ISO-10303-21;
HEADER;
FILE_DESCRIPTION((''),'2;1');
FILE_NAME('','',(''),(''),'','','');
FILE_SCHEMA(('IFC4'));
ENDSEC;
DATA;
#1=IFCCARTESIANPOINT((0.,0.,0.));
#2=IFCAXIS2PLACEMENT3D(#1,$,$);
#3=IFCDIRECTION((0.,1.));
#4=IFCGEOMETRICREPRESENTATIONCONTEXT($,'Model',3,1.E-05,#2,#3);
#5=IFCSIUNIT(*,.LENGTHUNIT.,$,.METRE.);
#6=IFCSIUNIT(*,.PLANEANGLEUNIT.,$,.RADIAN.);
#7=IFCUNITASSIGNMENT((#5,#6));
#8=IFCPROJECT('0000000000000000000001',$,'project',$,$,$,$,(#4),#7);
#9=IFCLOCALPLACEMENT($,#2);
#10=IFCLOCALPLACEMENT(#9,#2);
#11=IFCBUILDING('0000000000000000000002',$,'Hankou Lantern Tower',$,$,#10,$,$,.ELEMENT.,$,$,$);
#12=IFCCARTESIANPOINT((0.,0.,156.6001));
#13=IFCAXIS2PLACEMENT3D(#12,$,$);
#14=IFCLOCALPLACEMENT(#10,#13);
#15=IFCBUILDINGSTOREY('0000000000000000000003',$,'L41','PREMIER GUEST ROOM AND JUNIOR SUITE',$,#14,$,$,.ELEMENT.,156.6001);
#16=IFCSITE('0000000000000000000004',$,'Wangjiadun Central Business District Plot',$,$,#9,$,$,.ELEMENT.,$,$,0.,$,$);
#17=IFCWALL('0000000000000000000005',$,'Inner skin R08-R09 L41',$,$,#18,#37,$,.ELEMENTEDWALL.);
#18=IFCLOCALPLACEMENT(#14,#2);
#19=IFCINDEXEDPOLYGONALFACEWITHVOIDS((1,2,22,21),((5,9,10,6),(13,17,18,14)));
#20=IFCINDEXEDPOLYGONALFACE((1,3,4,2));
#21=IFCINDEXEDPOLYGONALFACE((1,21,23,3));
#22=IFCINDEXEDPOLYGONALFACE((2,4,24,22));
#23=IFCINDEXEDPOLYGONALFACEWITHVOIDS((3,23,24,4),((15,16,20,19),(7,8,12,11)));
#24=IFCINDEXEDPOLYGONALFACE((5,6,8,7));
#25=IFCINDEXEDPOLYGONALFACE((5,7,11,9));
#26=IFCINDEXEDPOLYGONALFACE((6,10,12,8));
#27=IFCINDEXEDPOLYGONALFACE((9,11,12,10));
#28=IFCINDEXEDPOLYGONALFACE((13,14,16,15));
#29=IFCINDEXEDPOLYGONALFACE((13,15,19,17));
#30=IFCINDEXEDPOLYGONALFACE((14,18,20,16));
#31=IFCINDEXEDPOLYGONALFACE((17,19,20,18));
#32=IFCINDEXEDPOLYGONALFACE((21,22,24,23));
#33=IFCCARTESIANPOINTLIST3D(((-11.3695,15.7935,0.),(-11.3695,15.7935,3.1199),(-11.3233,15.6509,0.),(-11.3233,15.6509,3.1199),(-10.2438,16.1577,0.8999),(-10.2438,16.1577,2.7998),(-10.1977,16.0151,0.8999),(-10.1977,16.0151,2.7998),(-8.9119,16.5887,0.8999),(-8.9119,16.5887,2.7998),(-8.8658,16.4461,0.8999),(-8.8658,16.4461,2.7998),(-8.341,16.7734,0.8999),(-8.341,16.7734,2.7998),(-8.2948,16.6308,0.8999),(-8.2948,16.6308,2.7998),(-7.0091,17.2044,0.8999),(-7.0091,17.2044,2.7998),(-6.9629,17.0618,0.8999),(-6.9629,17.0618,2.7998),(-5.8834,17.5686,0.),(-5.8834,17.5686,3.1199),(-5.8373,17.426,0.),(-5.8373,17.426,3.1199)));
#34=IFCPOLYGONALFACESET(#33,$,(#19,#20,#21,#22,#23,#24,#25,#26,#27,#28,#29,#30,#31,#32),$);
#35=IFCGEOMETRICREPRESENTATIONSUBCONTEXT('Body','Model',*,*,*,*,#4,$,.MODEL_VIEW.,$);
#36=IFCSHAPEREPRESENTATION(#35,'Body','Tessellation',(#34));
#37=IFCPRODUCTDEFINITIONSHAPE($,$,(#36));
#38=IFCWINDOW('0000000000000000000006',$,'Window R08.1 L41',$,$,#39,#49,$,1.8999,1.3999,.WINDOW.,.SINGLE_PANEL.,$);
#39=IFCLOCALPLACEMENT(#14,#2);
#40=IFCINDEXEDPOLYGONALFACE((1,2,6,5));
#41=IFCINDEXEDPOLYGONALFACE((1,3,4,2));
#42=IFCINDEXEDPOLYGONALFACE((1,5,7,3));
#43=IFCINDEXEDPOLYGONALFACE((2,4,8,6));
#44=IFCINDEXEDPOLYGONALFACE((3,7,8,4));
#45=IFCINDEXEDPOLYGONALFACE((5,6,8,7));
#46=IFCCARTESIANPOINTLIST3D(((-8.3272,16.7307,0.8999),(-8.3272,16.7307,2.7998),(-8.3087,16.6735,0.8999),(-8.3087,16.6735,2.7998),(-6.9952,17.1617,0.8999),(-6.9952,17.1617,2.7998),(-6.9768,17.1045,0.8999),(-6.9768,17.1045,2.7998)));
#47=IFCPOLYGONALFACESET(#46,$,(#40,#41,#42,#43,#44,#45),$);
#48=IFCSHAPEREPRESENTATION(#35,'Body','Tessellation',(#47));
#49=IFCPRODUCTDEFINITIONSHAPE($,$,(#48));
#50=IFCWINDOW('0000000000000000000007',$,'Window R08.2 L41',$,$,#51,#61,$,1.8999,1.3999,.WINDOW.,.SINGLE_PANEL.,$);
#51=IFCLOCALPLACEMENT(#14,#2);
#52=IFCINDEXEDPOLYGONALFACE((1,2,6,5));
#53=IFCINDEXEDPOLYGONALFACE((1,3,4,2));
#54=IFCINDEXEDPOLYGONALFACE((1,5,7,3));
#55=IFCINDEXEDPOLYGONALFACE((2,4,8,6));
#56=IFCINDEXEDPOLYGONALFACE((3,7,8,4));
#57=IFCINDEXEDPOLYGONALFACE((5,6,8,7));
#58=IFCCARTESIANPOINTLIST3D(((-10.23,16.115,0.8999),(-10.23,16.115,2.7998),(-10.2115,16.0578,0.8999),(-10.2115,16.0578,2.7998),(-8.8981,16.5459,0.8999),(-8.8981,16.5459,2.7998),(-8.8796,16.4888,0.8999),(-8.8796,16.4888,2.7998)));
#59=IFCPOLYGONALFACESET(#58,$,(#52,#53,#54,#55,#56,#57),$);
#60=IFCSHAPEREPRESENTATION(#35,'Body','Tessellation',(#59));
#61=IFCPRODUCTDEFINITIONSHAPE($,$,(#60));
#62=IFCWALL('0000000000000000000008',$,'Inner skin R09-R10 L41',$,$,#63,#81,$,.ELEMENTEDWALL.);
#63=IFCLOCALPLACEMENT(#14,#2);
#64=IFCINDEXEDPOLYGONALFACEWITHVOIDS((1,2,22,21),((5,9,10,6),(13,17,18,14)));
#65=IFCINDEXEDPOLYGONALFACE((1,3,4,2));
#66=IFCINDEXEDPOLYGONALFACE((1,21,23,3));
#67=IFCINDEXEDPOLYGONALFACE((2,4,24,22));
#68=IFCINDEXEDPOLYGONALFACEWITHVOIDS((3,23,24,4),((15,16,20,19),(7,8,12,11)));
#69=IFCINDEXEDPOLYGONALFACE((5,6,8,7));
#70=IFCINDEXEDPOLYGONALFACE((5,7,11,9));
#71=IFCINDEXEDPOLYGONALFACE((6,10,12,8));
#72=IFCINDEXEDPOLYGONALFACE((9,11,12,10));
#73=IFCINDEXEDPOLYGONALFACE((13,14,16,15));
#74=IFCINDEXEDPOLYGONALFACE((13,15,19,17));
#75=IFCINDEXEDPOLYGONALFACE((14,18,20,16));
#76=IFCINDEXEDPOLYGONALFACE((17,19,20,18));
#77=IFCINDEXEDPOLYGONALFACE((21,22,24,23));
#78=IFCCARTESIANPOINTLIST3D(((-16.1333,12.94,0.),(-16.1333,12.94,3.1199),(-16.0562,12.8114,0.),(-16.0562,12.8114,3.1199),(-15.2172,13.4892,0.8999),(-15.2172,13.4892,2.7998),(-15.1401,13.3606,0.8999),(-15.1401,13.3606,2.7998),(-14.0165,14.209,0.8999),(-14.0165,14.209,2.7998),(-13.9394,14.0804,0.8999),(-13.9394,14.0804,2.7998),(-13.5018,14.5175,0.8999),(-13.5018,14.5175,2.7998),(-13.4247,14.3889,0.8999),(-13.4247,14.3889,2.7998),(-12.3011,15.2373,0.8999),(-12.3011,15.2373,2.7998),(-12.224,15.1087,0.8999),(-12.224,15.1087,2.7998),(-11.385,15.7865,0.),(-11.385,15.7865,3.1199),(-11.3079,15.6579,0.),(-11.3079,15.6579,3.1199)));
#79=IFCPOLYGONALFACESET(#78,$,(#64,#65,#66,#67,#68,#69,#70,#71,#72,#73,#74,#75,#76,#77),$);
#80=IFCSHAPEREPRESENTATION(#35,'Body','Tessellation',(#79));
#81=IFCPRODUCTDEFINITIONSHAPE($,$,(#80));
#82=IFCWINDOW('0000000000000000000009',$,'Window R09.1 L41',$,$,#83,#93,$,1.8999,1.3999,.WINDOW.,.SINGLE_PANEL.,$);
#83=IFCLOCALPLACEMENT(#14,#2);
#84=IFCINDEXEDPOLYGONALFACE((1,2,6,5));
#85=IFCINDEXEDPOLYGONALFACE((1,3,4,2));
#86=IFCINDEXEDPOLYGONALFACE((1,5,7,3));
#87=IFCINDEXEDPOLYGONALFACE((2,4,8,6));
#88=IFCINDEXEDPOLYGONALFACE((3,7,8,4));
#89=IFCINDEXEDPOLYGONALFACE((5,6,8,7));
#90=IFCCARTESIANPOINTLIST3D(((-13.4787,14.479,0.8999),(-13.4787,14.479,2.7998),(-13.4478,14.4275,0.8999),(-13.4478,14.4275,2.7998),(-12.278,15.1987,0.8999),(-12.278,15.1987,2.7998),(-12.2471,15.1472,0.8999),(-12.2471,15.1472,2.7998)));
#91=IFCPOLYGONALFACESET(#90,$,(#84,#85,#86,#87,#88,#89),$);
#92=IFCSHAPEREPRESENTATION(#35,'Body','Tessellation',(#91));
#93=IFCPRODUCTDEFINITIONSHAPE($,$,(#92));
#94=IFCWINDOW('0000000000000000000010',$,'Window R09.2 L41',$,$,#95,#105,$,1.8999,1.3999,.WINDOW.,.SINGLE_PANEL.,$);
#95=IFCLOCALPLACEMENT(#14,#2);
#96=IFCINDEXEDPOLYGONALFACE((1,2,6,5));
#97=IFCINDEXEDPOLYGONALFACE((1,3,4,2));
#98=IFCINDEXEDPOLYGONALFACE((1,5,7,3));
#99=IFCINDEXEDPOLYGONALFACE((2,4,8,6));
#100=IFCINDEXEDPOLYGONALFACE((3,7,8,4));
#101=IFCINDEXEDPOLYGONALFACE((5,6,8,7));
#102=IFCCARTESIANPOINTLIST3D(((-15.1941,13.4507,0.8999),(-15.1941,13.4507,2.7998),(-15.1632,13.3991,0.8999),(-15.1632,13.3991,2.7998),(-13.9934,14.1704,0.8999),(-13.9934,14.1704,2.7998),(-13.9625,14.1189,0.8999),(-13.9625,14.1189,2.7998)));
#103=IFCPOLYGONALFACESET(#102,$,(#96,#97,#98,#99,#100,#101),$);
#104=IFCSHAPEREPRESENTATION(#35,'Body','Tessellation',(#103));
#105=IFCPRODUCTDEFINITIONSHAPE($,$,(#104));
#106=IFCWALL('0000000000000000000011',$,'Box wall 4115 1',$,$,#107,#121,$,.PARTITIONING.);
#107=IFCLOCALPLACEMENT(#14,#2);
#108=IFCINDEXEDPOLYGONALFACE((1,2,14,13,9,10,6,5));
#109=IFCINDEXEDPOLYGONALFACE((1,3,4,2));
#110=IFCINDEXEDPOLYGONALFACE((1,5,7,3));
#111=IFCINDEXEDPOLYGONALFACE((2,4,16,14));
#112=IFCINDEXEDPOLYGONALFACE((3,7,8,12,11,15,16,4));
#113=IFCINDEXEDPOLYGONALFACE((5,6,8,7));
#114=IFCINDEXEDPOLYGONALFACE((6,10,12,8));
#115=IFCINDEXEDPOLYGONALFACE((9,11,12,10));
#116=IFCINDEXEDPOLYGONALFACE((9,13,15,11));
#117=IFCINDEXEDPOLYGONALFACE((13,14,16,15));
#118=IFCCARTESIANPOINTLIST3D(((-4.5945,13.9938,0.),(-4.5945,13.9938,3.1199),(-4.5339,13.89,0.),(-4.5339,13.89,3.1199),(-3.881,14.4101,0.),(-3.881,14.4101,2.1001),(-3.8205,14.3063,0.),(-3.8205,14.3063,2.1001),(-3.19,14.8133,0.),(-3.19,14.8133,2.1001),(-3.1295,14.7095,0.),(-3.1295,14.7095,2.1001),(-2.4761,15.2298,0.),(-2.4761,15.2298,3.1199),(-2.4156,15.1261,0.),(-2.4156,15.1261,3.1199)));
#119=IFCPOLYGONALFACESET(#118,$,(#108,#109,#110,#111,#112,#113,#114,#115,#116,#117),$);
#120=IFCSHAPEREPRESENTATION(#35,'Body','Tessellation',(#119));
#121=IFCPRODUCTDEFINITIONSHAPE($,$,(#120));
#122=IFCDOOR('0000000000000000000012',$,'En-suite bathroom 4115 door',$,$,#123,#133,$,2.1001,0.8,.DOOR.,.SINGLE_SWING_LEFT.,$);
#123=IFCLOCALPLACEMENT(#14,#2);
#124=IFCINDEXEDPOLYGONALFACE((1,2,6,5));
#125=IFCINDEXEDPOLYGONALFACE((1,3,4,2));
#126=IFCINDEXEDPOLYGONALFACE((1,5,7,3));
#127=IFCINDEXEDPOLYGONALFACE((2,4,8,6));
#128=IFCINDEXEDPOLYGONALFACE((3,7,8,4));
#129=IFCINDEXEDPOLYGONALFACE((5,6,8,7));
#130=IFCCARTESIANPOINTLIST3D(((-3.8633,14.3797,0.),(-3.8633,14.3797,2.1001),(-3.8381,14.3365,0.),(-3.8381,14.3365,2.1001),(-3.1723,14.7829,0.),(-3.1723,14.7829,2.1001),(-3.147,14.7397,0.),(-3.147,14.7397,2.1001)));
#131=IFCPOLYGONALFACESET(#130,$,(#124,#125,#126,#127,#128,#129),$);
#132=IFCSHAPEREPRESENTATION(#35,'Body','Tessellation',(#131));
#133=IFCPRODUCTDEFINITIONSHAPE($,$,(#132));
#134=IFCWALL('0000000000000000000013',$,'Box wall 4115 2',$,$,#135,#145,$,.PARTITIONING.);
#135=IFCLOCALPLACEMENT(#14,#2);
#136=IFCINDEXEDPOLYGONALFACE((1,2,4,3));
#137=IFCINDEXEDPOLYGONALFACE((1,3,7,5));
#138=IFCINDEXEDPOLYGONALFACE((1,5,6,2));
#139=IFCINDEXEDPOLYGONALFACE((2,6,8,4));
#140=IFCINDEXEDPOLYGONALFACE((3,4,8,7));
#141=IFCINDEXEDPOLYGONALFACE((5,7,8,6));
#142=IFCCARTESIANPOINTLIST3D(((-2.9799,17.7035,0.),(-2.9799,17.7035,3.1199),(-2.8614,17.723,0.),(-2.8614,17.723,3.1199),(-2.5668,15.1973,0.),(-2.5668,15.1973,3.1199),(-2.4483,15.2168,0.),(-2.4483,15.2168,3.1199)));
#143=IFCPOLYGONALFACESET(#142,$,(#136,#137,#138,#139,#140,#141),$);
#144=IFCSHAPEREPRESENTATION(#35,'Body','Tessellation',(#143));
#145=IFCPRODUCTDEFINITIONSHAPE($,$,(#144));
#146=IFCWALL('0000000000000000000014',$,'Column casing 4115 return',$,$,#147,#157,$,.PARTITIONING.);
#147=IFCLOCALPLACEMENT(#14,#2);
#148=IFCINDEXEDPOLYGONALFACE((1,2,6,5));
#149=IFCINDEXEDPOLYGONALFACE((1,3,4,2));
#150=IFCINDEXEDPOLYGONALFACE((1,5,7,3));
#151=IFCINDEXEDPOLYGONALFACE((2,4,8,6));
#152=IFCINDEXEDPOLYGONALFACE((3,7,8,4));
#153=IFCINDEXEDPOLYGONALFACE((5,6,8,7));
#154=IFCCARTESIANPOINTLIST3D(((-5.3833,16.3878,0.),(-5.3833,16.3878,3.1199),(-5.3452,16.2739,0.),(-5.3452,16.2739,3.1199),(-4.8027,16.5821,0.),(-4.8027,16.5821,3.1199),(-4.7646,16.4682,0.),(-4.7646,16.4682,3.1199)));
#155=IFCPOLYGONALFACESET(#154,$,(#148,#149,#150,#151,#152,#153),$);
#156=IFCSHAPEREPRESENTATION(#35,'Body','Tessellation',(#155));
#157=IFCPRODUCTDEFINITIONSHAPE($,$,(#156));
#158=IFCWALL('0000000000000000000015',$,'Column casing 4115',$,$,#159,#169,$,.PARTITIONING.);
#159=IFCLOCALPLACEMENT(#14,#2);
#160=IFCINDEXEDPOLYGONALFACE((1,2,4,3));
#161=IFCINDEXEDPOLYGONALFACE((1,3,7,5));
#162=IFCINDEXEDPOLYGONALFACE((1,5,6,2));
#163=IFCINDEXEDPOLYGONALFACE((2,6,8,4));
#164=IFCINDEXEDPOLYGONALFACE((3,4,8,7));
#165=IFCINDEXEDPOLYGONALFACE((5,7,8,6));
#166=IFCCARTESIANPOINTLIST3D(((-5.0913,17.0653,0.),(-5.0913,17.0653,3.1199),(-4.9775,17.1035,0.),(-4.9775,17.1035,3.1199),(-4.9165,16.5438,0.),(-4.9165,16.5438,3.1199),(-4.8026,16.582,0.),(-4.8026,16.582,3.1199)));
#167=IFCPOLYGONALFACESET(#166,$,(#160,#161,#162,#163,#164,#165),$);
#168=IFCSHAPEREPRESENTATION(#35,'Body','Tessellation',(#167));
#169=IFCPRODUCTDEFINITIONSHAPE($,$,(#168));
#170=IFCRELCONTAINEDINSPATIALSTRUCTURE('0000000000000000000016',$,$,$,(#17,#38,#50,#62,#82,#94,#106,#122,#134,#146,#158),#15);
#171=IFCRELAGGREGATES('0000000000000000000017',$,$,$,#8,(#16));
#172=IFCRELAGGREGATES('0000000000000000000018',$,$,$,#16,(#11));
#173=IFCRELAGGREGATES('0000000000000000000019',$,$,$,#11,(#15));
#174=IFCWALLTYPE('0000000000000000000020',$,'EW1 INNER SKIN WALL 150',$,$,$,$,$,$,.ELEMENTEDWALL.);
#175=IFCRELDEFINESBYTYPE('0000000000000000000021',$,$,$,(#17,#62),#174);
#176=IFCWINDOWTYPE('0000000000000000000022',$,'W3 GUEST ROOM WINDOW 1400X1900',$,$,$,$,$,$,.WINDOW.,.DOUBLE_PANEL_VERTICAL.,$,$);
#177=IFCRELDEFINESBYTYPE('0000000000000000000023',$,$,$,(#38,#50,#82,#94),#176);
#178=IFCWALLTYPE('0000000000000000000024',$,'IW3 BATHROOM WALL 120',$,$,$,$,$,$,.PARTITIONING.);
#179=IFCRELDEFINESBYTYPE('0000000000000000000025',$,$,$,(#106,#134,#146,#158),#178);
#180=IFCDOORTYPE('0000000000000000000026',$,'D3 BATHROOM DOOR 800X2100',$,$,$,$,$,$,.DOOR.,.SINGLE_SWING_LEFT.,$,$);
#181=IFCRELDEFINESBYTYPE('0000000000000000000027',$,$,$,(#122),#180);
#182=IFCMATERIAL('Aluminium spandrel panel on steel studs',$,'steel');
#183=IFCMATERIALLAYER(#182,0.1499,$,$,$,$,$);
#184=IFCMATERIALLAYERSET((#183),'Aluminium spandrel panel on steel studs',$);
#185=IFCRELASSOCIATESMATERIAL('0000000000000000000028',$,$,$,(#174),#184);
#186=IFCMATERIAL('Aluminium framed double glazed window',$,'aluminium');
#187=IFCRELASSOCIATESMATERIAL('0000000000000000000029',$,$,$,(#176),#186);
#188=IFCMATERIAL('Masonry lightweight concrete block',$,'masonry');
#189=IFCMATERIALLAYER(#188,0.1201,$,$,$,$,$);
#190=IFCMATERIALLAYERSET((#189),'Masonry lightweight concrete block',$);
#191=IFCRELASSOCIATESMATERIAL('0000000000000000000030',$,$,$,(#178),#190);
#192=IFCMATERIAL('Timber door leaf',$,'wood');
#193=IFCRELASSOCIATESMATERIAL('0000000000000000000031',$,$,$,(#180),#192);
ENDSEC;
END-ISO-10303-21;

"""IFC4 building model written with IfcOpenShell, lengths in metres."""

from ifc_helpers import new_model, si_unit, direction, frame, frame_2d, origin, place, context, subcontext, project, spatial, rectangle, extrude, material, layer, layer_set, type_object, element, fill, save


model = new_model("IFC4")

# Units and contexts
model_context = context("Model", 3, precision=1e-05, world=origin(), true_north=direction((0.0, 1.0)))
body_context = subcontext(model_context, "Body", "Model", "MODEL_VIEW")
ifc_project = project(units=[si_unit("LENGTHUNIT", "METRE"), si_unit("PLANEANGLEUNIT", "RADIAN")], contexts=[model_context])

# Site, building, storey
site_placement = place(None, origin())
site = spatial("IfcSite", under=ifc_project, at=site_placement, Name="Wangjiadun Central Business District Plot", CompositionType="ELEMENT", RefElevation=0.0)
building_placement = place(site_placement, origin())
building = spatial("IfcBuilding", under=site, at=building_placement, Name="Hankou Lantern Tower", CompositionType="ELEMENT")
storey_placement = place(building_placement, frame((0.0, 0.0, 156.6001)))
storey = spatial("IfcBuildingStorey", under=building, at=storey_placement, Name="L41", Description="PREMIER GUEST ROOM AND JUNIOR SUITE", CompositionType="ELEMENT", Elevation=156.6001)

# Walls, openings, windows
ifc_material_1 = material(Name="Aluminium spandrel panel on steel studs", Category="steel")
ifc_layer_1 = layer(ifc_material_1, 0.1499)
ifc_layer_set_1 = layer_set([ifc_layer_1], Name="Aluminium spandrel panel on steel studs")
wall_type_1 = type_object("IfcWallType", Name="EW1 INNER SKIN WALL 150", PredefinedType="ELEMENTEDWALL", material=ifc_layer_set_1)
wall_1_placement = place(storey_placement, frame((-5.8604, 17.4973, 0.0), z_axis=(0.0, 0.0, 1.0), x_axis=(-0.951432, -0.307857, 0.0)))
wall_1 = element("IfcWall", 1, at=wall_1_placement, inside=storey, type_object=wall_type_1, Name="Inner skin R08-R09 L41", PredefinedType="ELEMENTEDWALL", context=body_context, shape_type="SweptSolid", body=[
    extrude(rectangle(XDim=5.7661, YDim=0.1499, at=frame_2d((2.8831, 0.0))), origin(), (0.0, 0.0, 1.0), 3.1199),
])
opening_1_placement = place(wall_1_placement, frame((1.1831, 0.0, 0.8999)))
opening_1 = element("IfcOpeningElement", 2, at=opening_1_placement, cuts=wall_1, PredefinedType="OPENING", context=body_context, shape_type="SweptSolid", body=[
    extrude(rectangle(XDim=1.3999, YDim=1.8999, at=frame_2d((0.7, 0.95))), frame((0.0, 0.085, 0.0), z_axis=(0.0, -1.0, 0.0), x_axis=(1.0, 0.0, 0.0)), (0.0, 0.0, 1.0), 0.1699),
])
opening_2_placement = place(wall_1_placement, frame((3.1831, 0.0, 0.8999)))
opening_2 = element("IfcOpeningElement", 3, at=opening_2_placement, cuts=wall_1, PredefinedType="OPENING", context=body_context, shape_type="SweptSolid", body=[
    extrude(rectangle(XDim=1.3999, YDim=1.8999, at=frame_2d((0.7, 0.95))), frame((0.0, 0.085, 0.0), z_axis=(0.0, -1.0, 0.0), x_axis=(1.0, 0.0, 0.0)), (0.0, 0.0, 1.0), 0.1699),
])
ifc_material_2 = material(Name="Aluminium framed double glazed window", Category="aluminium")
window_type = type_object("IfcWindowType", Name="W3 GUEST ROOM WINDOW 1400X1900", PartitioningType="DOUBLE_PANEL_VERTICAL", PredefinedType="WINDOW", material=ifc_material_2)
window_1_placement = place(opening_1_placement, origin())
window_1 = element("IfcWindow", 4, at=window_1_placement, inside=storey, type_object=window_type, Name="Window R08.1 L41", OverallHeight=1.8999, OverallWidth=1.3999, PartitioningType="SINGLE_PANEL", PredefinedType="WINDOW", context=body_context, shape_type="SweptSolid", body=[
    extrude(rectangle(XDim=1.3999, YDim=1.8999, at=frame_2d((0.7, 0.95))), frame((0.0, 0.03, 0.0), z_axis=(0.0, -1.0, 0.0), x_axis=(1.0, 0.0, 0.0)), (0.0, 0.0, 1.0), 0.0601),
])
fill(opening_1, window_1)
window_2_placement = place(opening_2_placement, origin())
window_2 = element("IfcWindow", 5, at=window_2_placement, inside=storey, type_object=window_type, Name="Window R08.2 L41", OverallHeight=1.8999, OverallWidth=1.3999, PartitioningType="SINGLE_PANEL", PredefinedType="WINDOW", context=body_context, shape_type="SweptSolid", body=[
    extrude(rectangle(XDim=1.3999, YDim=1.8999, at=frame_2d((0.7, 0.95))), frame((0.0, 0.03, 0.0), z_axis=(0.0, -1.0, 0.0), x_axis=(1.0, 0.0, 0.0)), (0.0, 0.0, 1.0), 0.0601),
])
fill(opening_2, window_2)
wall_2_placement = place(storey_placement, frame((-11.3464, 15.7222, 0.0), z_axis=(0.0, 0.0, 1.0), x_axis=(-0.857695, -0.514158, 0.0)))
wall_2 = element("IfcWall", 6, at=wall_2_placement, inside=storey, type_object=wall_type_1, Name="Inner skin R09-R10 L41", PredefinedType="ELEMENTEDWALL", context=body_context, shape_type="SweptSolid", body=[
    extrude(rectangle(XDim=5.5361, YDim=0.1499, at=frame_2d((2.7681, 0.0))), origin(), (0.0, 0.0, 1.0), 3.1199),
])
opening_3_placement = place(wall_2_placement, frame((1.0681, 0.0, 0.8999)))
opening_3 = element("IfcOpeningElement", 7, at=opening_3_placement, cuts=wall_2, PredefinedType="OPENING", context=body_context, shape_type="SweptSolid", body=[
    extrude(rectangle(XDim=1.3999, YDim=1.8999, at=frame_2d((0.7, 0.95))), frame((0.0, 0.085, 0.0), z_axis=(0.0, -1.0, 0.0), x_axis=(1.0, 0.0, 0.0)), (0.0, 0.0, 1.0), 0.1699),
])
opening_4_placement = place(wall_2_placement, frame((3.0681, 0.0, 0.8999)))
opening_4 = element("IfcOpeningElement", 8, at=opening_4_placement, cuts=wall_2, PredefinedType="OPENING", context=body_context, shape_type="SweptSolid", body=[
    extrude(rectangle(XDim=1.3999, YDim=1.8999, at=frame_2d((0.7, 0.95))), frame((0.0, 0.085, 0.0), z_axis=(0.0, -1.0, 0.0), x_axis=(1.0, 0.0, 0.0)), (0.0, 0.0, 1.0), 0.1699),
])
window_3_placement = place(opening_3_placement, origin())
window_3 = element("IfcWindow", 9, at=window_3_placement, inside=storey, type_object=window_type, Name="Window R09.1 L41", OverallHeight=1.8999, OverallWidth=1.3999, PartitioningType="SINGLE_PANEL", PredefinedType="WINDOW", context=body_context, shape_type="SweptSolid", body=[
    extrude(rectangle(XDim=1.3999, YDim=1.8999, at=frame_2d((0.7, 0.95))), frame((0.0, 0.03, 0.0), z_axis=(0.0, -1.0, 0.0), x_axis=(1.0, 0.0, 0.0)), (0.0, 0.0, 1.0), 0.0601),
])
fill(opening_3, window_3)
window_4_placement = place(opening_4_placement, origin())
window_4 = element("IfcWindow", 10, at=window_4_placement, inside=storey, type_object=window_type, Name="Window R09.2 L41", OverallHeight=1.8999, OverallWidth=1.3999, PartitioningType="SINGLE_PANEL", PredefinedType="WINDOW", context=body_context, shape_type="SweptSolid", body=[
    extrude(rectangle(XDim=1.3999, YDim=1.8999, at=frame_2d((0.7, 0.95))), frame((0.0, 0.03, 0.0), z_axis=(0.0, -1.0, 0.0), x_axis=(1.0, 0.0, 0.0)), (0.0, 0.0, 1.0), 0.0601),
])
fill(opening_4, window_4)

# Wall, opening, door
ifc_material_3 = material(Name="Masonry lightweight concrete block", Category="masonry")
ifc_layer_2 = layer(ifc_material_3, 0.1201)
ifc_layer_set_2 = layer_set([ifc_layer_2], Name="Masonry lightweight concrete block")
wall_type_2 = type_object("IfcWallType", Name="IW3 BATHROOM WALL 120", PredefinedType="PARTITIONING", material=ifc_layer_set_2)
wall_3_placement = place(storey_placement, frame((-4.5642, 13.9419, 0.0), z_axis=(0.0, 0.0, 1.0), x_axis=(0.863718, 0.503976, 0.0)))
wall_3 = element("IfcWall", 11, at=wall_3_placement, inside=storey, type_object=wall_type_2, Name="Box wall 4115 1", PredefinedType="PARTITIONING", context=body_context, shape_type="SweptSolid", body=[
    extrude(rectangle(XDim=2.4526, YDim=0.1201, at=frame_2d((1.2263, 0.0))), origin(), (0.0, 0.0, 1.0), 3.1199),
])
opening_5_placement = place(wall_3_placement, frame((0.8262, 0.0, 0.0)))
opening_5 = element("IfcOpeningElement", 12, at=opening_5_placement, cuts=wall_3, PredefinedType="OPENING", context=body_context, shape_type="SweptSolid", body=[
    extrude(rectangle(XDim=0.8, YDim=2.1001, at=frame_2d((0.3999, 1.05))), frame((0.0, 0.0701, 0.0), z_axis=(0.0, -1.0, 0.0), x_axis=(1.0, 0.0, 0.0)), (0.0, 0.0, 1.0), 0.1401),
])
ifc_material_4 = material(Name="Timber door leaf", Category="wood")
door_type = type_object("IfcDoorType", Name="D3 BATHROOM DOOR 800X2100", OperationType="SINGLE_SWING_LEFT", PredefinedType="DOOR", material=ifc_material_4)
door_placement = place(opening_5_placement, origin())
door = element("IfcDoor", 13, at=door_placement, inside=storey, type_object=door_type, Name="En-suite bathroom 4115 door", OperationType="SINGLE_SWING_LEFT", OverallHeight=2.1001, OverallWidth=0.8, PredefinedType="DOOR", context=body_context, shape_type="SweptSolid", body=[
    extrude(rectangle(XDim=0.8, YDim=2.1001, at=frame_2d((0.3999, 1.05))), frame((0.0, 0.0249, 0.0), z_axis=(0.0, -1.0, 0.0), x_axis=(1.0, 0.0, 0.0)), (0.0, 0.0, 1.0), 0.05),
])
fill(opening_5, door)

# Walls
wall_4_placement = place(storey_placement, frame((-2.5076, 15.207, 0.0), z_axis=(0.0, 0.0, 1.0), x_axis=(-0.162637, 0.986686, 0.0)))
element("IfcWall", 14, at=wall_4_placement, inside=storey, type_object=wall_type_2, Name="Box wall 4115 2", PredefinedType="PARTITIONING", context=body_context, shape_type="SweptSolid", body=[
    extrude(rectangle(XDim=2.54, YDim=0.1201, at=frame_2d((1.27, 0.0))), origin(), (0.0, 0.0, 1.0), 3.1199),
])
wall_5_placement = place(storey_placement, frame((-5.3643, 16.3308, 0.0), z_axis=(0.0, 0.0, 1.0), x_axis=(0.948284, 0.317424, 0.0)))
element("IfcWall", 15, at=wall_5_placement, inside=storey, type_object=wall_type_2, Name="Column casing 4115 return", PredefinedType="PARTITIONING", context=body_context, shape_type="SweptSolid", body=[
    extrude(rectangle(XDim=0.6123, YDim=0.1201, at=frame_2d((0.3062, 0.0))), origin(), (0.0, 0.0, 1.0), 3.1199),
])
wall_6_placement = place(storey_placement, frame((-4.8596, 16.563, 0.0), z_axis=(0.0, 0.0, 1.0), x_axis=(-0.317825, 0.948149, 0.0)))
element("IfcWall", 16, at=wall_6_placement, inside=storey, type_object=wall_type_2, Name="Column casing 4115", PredefinedType="PARTITIONING", context=body_context, shape_type="SweptSolid", body=[
    extrude(rectangle(XDim=0.55, YDim=0.1201, at=frame_2d((0.2749, 0.0))), origin(), (0.0, 0.0, 1.0), 3.1199),
])

save(model, "model.ifc")
